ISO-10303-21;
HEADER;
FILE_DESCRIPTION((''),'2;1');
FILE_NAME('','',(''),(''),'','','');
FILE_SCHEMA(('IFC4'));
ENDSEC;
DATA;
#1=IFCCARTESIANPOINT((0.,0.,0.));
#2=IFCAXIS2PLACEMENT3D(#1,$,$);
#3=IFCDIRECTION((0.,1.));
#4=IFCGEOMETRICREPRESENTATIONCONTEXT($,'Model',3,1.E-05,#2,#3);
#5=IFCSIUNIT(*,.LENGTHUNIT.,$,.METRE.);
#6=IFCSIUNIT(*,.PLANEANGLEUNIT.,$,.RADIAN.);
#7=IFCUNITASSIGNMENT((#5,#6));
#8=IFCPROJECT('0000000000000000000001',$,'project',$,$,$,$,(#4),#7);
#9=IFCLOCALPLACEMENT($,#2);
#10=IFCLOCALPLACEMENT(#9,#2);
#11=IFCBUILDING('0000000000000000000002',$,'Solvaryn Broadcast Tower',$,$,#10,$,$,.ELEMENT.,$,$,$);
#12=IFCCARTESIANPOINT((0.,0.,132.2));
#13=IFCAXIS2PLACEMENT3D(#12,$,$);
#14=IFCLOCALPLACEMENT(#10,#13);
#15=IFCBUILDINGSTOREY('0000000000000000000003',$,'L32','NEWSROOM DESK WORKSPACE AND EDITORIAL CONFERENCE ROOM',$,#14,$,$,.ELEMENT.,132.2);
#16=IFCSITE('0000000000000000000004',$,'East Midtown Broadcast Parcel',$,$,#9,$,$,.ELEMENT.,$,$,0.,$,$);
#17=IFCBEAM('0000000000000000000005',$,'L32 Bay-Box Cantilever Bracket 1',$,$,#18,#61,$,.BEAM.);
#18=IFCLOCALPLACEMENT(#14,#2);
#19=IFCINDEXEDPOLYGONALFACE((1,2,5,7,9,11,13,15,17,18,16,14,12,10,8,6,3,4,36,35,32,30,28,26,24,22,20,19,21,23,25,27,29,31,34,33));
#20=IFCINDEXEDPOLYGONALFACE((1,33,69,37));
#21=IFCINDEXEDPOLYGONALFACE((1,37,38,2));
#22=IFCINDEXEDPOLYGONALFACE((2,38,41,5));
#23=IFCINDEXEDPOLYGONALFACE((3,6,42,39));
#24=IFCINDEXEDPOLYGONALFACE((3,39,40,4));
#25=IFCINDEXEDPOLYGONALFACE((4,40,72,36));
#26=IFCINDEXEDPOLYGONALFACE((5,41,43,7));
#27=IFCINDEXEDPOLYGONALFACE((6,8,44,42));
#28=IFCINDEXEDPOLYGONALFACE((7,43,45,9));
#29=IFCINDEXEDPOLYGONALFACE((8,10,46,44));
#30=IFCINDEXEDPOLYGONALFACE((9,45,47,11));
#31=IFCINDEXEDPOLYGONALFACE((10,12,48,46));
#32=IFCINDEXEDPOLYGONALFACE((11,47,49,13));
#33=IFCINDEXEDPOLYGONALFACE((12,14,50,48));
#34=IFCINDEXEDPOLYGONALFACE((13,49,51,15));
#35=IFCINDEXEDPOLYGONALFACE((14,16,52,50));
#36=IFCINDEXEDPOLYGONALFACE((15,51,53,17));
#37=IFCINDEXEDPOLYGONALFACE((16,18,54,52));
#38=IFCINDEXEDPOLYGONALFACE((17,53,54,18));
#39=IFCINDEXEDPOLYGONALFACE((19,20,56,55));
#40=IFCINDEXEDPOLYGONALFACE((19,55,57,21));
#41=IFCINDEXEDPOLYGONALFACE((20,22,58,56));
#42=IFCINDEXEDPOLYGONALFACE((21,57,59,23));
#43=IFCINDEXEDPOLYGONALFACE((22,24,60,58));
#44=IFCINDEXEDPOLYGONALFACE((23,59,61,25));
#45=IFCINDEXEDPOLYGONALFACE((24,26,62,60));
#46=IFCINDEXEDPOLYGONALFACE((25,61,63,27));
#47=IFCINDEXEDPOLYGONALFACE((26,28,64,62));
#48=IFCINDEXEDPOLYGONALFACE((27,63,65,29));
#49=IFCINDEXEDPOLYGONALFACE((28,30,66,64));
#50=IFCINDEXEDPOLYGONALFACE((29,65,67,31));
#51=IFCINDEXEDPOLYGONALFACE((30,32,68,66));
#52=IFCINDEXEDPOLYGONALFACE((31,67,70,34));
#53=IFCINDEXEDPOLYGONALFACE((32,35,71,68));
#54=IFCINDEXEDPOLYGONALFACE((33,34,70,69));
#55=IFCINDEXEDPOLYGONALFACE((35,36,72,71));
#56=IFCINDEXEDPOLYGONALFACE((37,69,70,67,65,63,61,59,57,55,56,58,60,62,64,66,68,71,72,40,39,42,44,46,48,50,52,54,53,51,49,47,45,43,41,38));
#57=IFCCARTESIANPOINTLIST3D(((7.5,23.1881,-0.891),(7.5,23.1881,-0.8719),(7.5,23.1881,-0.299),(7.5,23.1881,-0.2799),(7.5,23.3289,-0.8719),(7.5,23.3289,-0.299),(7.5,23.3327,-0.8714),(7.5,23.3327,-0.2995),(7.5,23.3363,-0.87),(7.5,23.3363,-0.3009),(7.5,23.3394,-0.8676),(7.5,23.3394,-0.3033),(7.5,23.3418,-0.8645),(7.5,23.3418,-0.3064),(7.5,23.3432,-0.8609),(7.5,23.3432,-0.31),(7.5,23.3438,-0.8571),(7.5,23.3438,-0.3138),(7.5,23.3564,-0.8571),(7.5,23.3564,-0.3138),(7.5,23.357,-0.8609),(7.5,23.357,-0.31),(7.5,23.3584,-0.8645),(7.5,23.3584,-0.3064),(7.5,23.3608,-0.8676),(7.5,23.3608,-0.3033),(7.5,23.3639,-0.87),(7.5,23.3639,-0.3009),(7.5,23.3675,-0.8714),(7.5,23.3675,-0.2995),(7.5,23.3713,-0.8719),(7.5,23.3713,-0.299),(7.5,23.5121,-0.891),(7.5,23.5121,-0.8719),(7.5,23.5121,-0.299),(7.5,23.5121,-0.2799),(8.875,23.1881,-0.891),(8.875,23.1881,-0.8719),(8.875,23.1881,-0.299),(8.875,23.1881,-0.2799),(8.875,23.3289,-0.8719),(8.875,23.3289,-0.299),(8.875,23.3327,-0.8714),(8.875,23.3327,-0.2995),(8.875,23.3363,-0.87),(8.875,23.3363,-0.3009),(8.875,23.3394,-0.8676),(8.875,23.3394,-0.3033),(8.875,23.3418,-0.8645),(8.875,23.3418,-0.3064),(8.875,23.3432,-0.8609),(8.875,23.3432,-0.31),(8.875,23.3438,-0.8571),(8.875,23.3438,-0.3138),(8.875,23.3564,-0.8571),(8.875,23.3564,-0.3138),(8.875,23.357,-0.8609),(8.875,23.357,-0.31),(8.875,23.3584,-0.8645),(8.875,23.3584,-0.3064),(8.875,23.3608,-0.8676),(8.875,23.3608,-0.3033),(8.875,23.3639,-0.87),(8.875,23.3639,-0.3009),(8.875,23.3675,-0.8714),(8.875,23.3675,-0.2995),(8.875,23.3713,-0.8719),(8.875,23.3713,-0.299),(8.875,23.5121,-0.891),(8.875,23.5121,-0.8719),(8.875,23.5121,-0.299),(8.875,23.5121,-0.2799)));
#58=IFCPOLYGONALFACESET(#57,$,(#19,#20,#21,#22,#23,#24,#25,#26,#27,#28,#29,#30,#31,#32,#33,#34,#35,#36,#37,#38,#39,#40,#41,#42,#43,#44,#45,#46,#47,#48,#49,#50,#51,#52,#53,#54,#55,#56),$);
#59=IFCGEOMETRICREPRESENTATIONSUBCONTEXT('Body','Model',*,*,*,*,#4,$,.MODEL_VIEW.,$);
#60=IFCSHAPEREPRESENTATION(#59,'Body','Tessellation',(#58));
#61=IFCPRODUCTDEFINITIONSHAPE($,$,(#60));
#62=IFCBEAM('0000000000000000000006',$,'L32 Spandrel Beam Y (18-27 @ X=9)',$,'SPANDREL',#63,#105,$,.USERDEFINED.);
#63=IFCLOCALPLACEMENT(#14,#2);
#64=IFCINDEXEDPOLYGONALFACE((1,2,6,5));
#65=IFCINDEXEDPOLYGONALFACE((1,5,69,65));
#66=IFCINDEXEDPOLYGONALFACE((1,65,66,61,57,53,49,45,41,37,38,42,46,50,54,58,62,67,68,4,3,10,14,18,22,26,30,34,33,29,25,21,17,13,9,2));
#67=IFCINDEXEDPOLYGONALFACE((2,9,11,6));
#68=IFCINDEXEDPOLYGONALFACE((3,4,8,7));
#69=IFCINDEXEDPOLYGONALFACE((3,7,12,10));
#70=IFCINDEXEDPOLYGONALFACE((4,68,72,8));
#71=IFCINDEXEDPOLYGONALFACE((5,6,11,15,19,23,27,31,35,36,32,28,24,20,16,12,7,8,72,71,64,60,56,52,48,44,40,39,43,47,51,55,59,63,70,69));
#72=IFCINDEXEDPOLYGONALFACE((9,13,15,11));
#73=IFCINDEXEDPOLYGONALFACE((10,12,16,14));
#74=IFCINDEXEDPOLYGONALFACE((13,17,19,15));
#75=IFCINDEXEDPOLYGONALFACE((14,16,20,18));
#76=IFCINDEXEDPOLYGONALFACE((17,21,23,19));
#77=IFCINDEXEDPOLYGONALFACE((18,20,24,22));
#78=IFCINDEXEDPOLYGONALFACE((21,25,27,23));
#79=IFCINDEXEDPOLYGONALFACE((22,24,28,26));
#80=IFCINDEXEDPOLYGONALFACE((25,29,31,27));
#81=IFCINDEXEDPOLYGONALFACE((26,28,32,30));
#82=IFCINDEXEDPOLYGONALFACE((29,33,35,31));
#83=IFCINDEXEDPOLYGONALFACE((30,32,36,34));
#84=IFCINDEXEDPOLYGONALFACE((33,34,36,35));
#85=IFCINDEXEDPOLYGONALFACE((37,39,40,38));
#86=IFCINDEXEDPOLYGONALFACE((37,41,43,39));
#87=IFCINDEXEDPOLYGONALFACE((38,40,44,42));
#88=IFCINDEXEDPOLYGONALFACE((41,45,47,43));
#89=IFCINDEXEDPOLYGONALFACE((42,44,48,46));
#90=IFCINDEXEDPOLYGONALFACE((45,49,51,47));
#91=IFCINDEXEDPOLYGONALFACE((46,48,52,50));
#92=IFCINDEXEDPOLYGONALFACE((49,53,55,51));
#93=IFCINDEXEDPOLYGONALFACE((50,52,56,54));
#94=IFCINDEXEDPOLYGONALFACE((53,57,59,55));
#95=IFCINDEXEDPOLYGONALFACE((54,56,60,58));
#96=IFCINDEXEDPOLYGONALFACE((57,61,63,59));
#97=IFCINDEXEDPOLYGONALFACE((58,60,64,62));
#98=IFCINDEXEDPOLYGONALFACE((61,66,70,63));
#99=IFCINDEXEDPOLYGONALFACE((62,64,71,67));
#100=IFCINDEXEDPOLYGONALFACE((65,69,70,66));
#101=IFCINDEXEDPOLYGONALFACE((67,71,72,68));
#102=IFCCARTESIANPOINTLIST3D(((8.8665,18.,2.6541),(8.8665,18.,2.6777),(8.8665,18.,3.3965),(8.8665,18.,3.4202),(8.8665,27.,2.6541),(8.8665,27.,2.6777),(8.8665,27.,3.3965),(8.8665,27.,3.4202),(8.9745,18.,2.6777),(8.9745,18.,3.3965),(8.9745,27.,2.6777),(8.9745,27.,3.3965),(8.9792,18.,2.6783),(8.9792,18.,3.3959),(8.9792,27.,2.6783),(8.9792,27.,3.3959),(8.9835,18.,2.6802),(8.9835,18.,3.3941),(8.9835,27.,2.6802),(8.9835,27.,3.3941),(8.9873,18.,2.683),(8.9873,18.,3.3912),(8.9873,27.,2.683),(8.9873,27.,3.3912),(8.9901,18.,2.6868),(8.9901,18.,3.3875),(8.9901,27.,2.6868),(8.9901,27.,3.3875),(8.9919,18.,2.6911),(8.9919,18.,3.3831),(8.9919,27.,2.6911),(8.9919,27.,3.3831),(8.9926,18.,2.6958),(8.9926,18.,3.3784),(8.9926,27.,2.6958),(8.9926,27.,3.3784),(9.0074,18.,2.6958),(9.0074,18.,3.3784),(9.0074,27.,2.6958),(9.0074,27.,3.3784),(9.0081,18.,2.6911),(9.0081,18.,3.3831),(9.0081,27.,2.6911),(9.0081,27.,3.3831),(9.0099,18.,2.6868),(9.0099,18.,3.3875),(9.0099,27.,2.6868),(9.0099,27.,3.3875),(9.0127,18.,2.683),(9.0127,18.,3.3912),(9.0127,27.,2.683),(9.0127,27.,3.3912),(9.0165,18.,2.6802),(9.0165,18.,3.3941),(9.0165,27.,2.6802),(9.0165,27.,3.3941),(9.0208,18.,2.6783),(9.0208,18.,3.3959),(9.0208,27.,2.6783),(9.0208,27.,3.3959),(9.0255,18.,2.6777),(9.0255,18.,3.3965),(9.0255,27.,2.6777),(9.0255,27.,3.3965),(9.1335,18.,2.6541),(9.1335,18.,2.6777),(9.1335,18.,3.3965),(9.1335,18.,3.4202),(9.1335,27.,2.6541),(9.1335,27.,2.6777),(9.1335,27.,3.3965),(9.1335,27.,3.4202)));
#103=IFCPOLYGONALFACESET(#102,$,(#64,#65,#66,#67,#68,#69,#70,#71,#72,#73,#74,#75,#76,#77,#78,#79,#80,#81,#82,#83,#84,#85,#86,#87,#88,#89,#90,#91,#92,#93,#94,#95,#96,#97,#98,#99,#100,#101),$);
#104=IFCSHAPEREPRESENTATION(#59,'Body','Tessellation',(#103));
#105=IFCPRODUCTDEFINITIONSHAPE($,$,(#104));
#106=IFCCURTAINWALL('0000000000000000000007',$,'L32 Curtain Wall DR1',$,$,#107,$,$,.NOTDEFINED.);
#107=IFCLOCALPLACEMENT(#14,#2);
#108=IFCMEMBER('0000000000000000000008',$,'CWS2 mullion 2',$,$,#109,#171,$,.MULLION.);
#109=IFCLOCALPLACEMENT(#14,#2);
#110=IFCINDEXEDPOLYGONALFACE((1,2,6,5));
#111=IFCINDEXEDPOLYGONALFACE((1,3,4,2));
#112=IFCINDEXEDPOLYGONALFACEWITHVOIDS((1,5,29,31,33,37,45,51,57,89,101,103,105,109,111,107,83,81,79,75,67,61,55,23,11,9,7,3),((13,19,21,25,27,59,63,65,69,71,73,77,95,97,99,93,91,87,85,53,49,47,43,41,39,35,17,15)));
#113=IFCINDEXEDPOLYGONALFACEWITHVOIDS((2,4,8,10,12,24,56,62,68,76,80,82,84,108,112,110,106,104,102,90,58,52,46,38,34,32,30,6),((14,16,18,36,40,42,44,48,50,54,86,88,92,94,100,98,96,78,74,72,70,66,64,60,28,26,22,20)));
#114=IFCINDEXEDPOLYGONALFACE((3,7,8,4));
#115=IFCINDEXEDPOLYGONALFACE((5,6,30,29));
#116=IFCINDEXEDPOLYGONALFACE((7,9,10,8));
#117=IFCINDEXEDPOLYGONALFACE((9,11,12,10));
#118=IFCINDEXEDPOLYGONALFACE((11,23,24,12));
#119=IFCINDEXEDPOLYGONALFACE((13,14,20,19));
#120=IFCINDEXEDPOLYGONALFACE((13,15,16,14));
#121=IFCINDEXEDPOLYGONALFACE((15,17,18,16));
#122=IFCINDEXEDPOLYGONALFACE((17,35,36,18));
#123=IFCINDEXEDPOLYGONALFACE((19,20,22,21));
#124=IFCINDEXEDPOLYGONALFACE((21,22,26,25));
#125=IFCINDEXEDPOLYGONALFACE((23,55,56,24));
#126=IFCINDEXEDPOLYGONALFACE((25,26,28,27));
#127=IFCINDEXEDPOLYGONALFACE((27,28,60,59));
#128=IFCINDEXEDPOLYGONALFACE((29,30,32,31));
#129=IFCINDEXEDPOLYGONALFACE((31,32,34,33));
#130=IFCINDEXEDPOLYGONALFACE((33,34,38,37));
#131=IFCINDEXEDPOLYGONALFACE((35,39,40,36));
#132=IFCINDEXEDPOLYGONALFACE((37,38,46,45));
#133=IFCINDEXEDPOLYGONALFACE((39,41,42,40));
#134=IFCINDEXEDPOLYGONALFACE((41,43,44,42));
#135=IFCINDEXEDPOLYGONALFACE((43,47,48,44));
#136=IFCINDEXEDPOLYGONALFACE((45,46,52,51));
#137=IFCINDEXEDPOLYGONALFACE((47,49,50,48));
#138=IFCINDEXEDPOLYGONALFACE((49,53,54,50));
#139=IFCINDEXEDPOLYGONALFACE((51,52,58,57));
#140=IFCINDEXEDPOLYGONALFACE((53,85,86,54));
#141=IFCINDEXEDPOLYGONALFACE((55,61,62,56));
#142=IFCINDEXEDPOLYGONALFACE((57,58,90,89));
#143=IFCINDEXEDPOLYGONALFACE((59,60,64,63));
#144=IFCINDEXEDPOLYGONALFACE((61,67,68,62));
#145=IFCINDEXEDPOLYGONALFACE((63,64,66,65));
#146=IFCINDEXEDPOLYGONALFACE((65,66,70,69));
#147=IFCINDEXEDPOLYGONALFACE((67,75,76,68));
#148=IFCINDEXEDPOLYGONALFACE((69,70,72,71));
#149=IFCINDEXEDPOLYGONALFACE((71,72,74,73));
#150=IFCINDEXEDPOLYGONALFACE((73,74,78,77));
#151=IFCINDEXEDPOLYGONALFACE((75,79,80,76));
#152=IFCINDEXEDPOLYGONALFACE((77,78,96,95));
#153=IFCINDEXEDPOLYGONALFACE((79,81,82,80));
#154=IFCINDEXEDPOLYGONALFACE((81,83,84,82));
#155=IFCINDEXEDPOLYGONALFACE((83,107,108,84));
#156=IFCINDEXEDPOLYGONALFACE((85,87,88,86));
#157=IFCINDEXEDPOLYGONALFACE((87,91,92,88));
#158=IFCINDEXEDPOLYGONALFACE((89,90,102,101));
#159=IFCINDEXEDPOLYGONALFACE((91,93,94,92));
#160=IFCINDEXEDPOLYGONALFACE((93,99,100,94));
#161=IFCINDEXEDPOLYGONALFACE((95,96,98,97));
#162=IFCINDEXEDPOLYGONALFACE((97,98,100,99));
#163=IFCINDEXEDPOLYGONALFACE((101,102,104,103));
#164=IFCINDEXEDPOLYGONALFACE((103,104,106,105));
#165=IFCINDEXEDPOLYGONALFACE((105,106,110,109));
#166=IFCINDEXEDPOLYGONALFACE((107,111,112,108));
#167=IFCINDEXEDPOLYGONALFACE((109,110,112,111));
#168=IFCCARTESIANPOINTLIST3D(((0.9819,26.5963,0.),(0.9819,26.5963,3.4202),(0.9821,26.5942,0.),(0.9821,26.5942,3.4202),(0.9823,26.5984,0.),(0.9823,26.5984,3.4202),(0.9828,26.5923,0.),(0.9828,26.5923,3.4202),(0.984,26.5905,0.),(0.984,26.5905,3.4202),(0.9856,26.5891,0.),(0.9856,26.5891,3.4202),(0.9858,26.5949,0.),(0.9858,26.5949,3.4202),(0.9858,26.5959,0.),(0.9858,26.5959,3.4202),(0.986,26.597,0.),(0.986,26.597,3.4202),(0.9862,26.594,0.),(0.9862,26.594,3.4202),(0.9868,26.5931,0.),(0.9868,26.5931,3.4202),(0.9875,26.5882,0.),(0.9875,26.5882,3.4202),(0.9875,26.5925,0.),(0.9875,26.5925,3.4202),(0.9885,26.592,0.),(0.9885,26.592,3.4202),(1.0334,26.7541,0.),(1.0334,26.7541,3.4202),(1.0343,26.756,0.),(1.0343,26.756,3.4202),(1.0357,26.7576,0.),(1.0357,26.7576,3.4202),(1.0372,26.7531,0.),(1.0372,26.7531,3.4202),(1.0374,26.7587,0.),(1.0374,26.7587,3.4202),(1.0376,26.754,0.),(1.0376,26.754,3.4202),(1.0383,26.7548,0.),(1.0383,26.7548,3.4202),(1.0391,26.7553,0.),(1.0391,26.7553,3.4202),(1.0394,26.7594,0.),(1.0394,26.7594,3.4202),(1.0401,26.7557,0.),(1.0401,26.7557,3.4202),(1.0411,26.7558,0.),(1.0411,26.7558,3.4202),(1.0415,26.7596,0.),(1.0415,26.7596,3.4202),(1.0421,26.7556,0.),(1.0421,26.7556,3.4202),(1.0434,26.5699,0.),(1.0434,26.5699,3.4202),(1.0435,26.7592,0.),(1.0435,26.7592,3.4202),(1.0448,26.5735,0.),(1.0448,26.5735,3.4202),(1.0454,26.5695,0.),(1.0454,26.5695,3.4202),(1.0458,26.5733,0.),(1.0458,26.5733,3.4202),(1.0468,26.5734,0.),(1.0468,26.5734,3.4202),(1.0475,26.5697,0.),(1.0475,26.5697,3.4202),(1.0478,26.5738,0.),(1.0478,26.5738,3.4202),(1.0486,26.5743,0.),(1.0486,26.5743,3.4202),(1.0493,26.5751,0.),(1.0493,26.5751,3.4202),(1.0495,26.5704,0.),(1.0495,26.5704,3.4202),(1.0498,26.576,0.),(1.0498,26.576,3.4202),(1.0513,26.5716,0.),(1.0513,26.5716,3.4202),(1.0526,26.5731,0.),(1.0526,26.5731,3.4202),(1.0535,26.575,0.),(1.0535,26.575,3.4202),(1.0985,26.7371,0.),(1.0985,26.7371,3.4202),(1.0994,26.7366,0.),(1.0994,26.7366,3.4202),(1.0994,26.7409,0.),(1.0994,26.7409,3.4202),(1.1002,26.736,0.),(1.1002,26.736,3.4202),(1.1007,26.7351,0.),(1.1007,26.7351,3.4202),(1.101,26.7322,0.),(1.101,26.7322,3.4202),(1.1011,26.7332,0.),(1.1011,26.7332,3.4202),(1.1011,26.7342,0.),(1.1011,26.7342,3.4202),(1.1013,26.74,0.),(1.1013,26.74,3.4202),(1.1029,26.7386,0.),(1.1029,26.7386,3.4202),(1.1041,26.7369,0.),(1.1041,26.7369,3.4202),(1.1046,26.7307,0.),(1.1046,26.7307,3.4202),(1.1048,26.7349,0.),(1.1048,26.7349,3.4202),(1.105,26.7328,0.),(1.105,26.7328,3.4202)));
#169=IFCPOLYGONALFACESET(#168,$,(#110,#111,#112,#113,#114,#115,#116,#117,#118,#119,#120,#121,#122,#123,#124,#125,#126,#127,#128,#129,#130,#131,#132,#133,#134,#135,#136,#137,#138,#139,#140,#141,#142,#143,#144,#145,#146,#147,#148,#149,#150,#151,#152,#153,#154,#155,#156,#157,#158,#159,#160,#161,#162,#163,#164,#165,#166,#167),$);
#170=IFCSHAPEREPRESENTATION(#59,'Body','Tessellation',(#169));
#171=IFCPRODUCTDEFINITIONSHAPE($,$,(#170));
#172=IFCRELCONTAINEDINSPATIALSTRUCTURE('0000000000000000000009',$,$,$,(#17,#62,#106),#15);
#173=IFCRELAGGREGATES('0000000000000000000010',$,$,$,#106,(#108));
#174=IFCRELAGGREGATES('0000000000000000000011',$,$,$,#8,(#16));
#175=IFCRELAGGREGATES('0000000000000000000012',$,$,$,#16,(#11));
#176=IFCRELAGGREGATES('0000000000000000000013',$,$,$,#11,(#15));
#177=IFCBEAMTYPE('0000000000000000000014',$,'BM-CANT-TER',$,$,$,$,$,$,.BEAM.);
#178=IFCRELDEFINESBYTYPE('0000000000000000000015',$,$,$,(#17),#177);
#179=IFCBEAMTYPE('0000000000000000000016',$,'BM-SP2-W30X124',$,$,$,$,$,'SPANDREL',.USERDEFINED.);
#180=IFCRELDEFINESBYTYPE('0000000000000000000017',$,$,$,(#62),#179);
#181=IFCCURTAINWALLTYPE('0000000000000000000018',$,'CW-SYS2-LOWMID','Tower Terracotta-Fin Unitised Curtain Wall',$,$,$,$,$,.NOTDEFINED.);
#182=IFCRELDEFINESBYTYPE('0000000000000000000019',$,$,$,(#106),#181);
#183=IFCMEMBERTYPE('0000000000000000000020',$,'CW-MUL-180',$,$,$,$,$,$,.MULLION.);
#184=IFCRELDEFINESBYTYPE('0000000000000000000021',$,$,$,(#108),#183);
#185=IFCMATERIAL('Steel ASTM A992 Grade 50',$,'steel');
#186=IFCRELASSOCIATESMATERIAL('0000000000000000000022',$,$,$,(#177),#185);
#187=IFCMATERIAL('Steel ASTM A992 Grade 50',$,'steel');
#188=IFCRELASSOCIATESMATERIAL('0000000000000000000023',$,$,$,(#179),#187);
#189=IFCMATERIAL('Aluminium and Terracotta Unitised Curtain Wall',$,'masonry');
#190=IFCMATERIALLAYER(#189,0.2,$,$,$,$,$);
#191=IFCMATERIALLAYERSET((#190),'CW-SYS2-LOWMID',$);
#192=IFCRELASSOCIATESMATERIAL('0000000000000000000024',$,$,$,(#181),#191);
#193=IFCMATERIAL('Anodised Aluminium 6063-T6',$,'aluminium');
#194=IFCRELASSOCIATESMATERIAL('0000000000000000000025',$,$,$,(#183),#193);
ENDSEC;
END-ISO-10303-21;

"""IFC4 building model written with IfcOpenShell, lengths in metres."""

from ifc_helpers import new_model, si_unit, direction, frame, origin, origin_2d, place, context, subcontext, project, spatial, hollow_rectangle, i_section, extrude, material, layer, layer_set, material_profile, profile_set, type_object, element, aggregate, save


model = new_model("IFC4")

# Units and contexts
model_context = context("Model", 3, precision=1e-05, world=origin(), true_north=direction((0.0, 1.0)))
body_context = subcontext(model_context, "Body", "Model", "MODEL_VIEW")
ifc_project = project(units=[si_unit("LENGTHUNIT", "METRE"), si_unit("PLANEANGLEUNIT", "RADIAN")], contexts=[model_context])

# Site, building, storey
site_placement = place(None, origin())
site = spatial("IfcSite", under=ifc_project, at=site_placement, Name="East Midtown Broadcast Parcel", CompositionType="ELEMENT", RefElevation=0.0)
building_placement = place(site_placement, origin())
building = spatial("IfcBuilding", under=site, at=building_placement, Name="Solvaryn Broadcast Tower", CompositionType="ELEMENT")
storey_placement = place(building_placement, frame((0.0, 0.0, 132.2)))
storey = spatial("IfcBuildingStorey", under=building, at=storey_placement, Name="L32", Description="NEWSROOM DESK WORKSPACE AND EDITORIAL CONFERENCE ROOM", CompositionType="ELEMENT", Elevation=132.2)

# Beams
ifc_material_1 = material(Name="Steel ASTM A992 Grade 50", Category="steel")
ifc_material_profile_1 = material_profile(ifc_material_1, i_section(OverallWidth=0.324, OverallDepth=0.6111, WebThickness=0.0127, FlangeThickness=0.019, FilletRadius=0.0149, at=origin_2d()))
ifc_profile_set_1 = profile_set([ifc_material_profile_1], Name="Steel ASTM A992 Grade 50")
beam_type_1 = type_object("IfcBeamType", Name="BM-CANT-TER", PredefinedType="BEAM", material=ifc_profile_set_1)
beam_1_placement = place(storey_placement, frame((8.875, 23.3501, -0.5854), z_axis=(-1.0, 0.0, 0.0), x_axis=(0.0, -1.0, 0.0)))
element("IfcBeam", 1, at=beam_1_placement, inside=storey, type_object=beam_type_1, Name="L32 Bay-Box Cantilever Bracket 1", PredefinedType="BEAM", context=body_context, shape_type="SweptSolid", body=[
    extrude(i_section(OverallWidth=0.324, OverallDepth=0.6111, WebThickness=0.0127, FlangeThickness=0.019, FilletRadius=0.0149, at=origin_2d()), origin(), (0.0, 0.0, 1.0), 1.375),
])
ifc_material_2 = material(Name="Steel ASTM A992 Grade 50", Category="steel")
ifc_material_profile_2 = material_profile(ifc_material_2, i_section(OverallWidth=0.2671, OverallDepth=0.7661, WebThickness=0.0149, FlangeThickness=0.0237, FilletRadius=0.0181, at=origin_2d()))
ifc_profile_set_2 = profile_set([ifc_material_profile_2], Name="Steel ASTM A992 Grade 50")
beam_type_2 = type_object("IfcBeamType", Name="BM-SP2-W30X124", ElementType="SPANDREL", PredefinedType="USERDEFINED", material=ifc_profile_set_2)
beam_2_placement = place(storey_placement, frame((9.0, 18.0, 3.0371), z_axis=(0.0, 1.0, 0.0), x_axis=(-1.0, 0.0, 0.0)))
element("IfcBeam", 2, at=beam_2_placement, inside=storey, type_object=beam_type_2, Name="L32 Spandrel Beam Y (18-27 @ X=9)", ObjectType="SPANDREL", PredefinedType="USERDEFINED", context=body_context, shape_type="SweptSolid", body=[
    extrude(i_section(OverallWidth=0.2671, OverallDepth=0.7661, WebThickness=0.0149, FlangeThickness=0.0237, FilletRadius=0.0181, at=origin_2d()), origin(), (0.0, 0.0, 1.0), 9.0),
])

# Curtain wall, member
ifc_material_3 = material(Name="Aluminium and Terracotta Unitised Curtain Wall", Category="masonry")
ifc_layer_1 = layer(ifc_material_3, 0.2)
ifc_layer_set_1 = layer_set([ifc_layer_1], Name="CW-SYS2-LOWMID")
curtain_wall_type = type_object("IfcCurtainWallType", Name="CW-SYS2-LOWMID", Description="Tower Terracotta-Fin Unitised Curtain Wall", PredefinedType="NOTDEFINED", material=ifc_layer_set_1)
curtain_wall_1_placement = place(storey_placement, origin())
curtain_wall_1 = element("IfcCurtainWall", 3, at=curtain_wall_1_placement, inside=storey, type_object=curtain_wall_type, Name="L32 Curtain Wall DR1", PredefinedType="NOTDEFINED")
ifc_material_4 = material(Name="Anodised Aluminium 6063-T6", Category="aluminium")
ifc_material_profile_3 = material_profile(ifc_material_4, hollow_rectangle(XDim=0.075, YDim=0.1799, WallThickness=0.0039, InnerFilletRadius=0.0039, OuterFilletRadius=0.0081, at=origin_2d()))
ifc_profile_set_3 = profile_set([ifc_material_profile_3], Name="Anodised Aluminium 6063-T6")
member_type_1 = type_object("IfcMemberType", Name="CW-MUL-180", PredefinedType="MULLION", material=ifc_profile_set_3)
member_1_placement = place(storey_placement, frame((1.0435, 26.6646, 0.0), z_axis=(0.0, 0.0, 1.0), x_axis=(0.950198, -0.311646, 0.0)))
member_1 = element("IfcMember", 4, at=member_1_placement, type_object=member_type_1, Name="CWS2 mullion 2", PredefinedType="MULLION", context=body_context, shape_type="SweptSolid", body=[
    extrude(hollow_rectangle(XDim=0.075, YDim=0.1799, WallThickness=0.0039, InnerFilletRadius=0.0039, OuterFilletRadius=0.0081, at=origin_2d()), origin(), (0.0, 0.0, 1.0), 3.4202),
])
aggregate(curtain_wall_1, [member_1])

save(model, "model.ifc")
